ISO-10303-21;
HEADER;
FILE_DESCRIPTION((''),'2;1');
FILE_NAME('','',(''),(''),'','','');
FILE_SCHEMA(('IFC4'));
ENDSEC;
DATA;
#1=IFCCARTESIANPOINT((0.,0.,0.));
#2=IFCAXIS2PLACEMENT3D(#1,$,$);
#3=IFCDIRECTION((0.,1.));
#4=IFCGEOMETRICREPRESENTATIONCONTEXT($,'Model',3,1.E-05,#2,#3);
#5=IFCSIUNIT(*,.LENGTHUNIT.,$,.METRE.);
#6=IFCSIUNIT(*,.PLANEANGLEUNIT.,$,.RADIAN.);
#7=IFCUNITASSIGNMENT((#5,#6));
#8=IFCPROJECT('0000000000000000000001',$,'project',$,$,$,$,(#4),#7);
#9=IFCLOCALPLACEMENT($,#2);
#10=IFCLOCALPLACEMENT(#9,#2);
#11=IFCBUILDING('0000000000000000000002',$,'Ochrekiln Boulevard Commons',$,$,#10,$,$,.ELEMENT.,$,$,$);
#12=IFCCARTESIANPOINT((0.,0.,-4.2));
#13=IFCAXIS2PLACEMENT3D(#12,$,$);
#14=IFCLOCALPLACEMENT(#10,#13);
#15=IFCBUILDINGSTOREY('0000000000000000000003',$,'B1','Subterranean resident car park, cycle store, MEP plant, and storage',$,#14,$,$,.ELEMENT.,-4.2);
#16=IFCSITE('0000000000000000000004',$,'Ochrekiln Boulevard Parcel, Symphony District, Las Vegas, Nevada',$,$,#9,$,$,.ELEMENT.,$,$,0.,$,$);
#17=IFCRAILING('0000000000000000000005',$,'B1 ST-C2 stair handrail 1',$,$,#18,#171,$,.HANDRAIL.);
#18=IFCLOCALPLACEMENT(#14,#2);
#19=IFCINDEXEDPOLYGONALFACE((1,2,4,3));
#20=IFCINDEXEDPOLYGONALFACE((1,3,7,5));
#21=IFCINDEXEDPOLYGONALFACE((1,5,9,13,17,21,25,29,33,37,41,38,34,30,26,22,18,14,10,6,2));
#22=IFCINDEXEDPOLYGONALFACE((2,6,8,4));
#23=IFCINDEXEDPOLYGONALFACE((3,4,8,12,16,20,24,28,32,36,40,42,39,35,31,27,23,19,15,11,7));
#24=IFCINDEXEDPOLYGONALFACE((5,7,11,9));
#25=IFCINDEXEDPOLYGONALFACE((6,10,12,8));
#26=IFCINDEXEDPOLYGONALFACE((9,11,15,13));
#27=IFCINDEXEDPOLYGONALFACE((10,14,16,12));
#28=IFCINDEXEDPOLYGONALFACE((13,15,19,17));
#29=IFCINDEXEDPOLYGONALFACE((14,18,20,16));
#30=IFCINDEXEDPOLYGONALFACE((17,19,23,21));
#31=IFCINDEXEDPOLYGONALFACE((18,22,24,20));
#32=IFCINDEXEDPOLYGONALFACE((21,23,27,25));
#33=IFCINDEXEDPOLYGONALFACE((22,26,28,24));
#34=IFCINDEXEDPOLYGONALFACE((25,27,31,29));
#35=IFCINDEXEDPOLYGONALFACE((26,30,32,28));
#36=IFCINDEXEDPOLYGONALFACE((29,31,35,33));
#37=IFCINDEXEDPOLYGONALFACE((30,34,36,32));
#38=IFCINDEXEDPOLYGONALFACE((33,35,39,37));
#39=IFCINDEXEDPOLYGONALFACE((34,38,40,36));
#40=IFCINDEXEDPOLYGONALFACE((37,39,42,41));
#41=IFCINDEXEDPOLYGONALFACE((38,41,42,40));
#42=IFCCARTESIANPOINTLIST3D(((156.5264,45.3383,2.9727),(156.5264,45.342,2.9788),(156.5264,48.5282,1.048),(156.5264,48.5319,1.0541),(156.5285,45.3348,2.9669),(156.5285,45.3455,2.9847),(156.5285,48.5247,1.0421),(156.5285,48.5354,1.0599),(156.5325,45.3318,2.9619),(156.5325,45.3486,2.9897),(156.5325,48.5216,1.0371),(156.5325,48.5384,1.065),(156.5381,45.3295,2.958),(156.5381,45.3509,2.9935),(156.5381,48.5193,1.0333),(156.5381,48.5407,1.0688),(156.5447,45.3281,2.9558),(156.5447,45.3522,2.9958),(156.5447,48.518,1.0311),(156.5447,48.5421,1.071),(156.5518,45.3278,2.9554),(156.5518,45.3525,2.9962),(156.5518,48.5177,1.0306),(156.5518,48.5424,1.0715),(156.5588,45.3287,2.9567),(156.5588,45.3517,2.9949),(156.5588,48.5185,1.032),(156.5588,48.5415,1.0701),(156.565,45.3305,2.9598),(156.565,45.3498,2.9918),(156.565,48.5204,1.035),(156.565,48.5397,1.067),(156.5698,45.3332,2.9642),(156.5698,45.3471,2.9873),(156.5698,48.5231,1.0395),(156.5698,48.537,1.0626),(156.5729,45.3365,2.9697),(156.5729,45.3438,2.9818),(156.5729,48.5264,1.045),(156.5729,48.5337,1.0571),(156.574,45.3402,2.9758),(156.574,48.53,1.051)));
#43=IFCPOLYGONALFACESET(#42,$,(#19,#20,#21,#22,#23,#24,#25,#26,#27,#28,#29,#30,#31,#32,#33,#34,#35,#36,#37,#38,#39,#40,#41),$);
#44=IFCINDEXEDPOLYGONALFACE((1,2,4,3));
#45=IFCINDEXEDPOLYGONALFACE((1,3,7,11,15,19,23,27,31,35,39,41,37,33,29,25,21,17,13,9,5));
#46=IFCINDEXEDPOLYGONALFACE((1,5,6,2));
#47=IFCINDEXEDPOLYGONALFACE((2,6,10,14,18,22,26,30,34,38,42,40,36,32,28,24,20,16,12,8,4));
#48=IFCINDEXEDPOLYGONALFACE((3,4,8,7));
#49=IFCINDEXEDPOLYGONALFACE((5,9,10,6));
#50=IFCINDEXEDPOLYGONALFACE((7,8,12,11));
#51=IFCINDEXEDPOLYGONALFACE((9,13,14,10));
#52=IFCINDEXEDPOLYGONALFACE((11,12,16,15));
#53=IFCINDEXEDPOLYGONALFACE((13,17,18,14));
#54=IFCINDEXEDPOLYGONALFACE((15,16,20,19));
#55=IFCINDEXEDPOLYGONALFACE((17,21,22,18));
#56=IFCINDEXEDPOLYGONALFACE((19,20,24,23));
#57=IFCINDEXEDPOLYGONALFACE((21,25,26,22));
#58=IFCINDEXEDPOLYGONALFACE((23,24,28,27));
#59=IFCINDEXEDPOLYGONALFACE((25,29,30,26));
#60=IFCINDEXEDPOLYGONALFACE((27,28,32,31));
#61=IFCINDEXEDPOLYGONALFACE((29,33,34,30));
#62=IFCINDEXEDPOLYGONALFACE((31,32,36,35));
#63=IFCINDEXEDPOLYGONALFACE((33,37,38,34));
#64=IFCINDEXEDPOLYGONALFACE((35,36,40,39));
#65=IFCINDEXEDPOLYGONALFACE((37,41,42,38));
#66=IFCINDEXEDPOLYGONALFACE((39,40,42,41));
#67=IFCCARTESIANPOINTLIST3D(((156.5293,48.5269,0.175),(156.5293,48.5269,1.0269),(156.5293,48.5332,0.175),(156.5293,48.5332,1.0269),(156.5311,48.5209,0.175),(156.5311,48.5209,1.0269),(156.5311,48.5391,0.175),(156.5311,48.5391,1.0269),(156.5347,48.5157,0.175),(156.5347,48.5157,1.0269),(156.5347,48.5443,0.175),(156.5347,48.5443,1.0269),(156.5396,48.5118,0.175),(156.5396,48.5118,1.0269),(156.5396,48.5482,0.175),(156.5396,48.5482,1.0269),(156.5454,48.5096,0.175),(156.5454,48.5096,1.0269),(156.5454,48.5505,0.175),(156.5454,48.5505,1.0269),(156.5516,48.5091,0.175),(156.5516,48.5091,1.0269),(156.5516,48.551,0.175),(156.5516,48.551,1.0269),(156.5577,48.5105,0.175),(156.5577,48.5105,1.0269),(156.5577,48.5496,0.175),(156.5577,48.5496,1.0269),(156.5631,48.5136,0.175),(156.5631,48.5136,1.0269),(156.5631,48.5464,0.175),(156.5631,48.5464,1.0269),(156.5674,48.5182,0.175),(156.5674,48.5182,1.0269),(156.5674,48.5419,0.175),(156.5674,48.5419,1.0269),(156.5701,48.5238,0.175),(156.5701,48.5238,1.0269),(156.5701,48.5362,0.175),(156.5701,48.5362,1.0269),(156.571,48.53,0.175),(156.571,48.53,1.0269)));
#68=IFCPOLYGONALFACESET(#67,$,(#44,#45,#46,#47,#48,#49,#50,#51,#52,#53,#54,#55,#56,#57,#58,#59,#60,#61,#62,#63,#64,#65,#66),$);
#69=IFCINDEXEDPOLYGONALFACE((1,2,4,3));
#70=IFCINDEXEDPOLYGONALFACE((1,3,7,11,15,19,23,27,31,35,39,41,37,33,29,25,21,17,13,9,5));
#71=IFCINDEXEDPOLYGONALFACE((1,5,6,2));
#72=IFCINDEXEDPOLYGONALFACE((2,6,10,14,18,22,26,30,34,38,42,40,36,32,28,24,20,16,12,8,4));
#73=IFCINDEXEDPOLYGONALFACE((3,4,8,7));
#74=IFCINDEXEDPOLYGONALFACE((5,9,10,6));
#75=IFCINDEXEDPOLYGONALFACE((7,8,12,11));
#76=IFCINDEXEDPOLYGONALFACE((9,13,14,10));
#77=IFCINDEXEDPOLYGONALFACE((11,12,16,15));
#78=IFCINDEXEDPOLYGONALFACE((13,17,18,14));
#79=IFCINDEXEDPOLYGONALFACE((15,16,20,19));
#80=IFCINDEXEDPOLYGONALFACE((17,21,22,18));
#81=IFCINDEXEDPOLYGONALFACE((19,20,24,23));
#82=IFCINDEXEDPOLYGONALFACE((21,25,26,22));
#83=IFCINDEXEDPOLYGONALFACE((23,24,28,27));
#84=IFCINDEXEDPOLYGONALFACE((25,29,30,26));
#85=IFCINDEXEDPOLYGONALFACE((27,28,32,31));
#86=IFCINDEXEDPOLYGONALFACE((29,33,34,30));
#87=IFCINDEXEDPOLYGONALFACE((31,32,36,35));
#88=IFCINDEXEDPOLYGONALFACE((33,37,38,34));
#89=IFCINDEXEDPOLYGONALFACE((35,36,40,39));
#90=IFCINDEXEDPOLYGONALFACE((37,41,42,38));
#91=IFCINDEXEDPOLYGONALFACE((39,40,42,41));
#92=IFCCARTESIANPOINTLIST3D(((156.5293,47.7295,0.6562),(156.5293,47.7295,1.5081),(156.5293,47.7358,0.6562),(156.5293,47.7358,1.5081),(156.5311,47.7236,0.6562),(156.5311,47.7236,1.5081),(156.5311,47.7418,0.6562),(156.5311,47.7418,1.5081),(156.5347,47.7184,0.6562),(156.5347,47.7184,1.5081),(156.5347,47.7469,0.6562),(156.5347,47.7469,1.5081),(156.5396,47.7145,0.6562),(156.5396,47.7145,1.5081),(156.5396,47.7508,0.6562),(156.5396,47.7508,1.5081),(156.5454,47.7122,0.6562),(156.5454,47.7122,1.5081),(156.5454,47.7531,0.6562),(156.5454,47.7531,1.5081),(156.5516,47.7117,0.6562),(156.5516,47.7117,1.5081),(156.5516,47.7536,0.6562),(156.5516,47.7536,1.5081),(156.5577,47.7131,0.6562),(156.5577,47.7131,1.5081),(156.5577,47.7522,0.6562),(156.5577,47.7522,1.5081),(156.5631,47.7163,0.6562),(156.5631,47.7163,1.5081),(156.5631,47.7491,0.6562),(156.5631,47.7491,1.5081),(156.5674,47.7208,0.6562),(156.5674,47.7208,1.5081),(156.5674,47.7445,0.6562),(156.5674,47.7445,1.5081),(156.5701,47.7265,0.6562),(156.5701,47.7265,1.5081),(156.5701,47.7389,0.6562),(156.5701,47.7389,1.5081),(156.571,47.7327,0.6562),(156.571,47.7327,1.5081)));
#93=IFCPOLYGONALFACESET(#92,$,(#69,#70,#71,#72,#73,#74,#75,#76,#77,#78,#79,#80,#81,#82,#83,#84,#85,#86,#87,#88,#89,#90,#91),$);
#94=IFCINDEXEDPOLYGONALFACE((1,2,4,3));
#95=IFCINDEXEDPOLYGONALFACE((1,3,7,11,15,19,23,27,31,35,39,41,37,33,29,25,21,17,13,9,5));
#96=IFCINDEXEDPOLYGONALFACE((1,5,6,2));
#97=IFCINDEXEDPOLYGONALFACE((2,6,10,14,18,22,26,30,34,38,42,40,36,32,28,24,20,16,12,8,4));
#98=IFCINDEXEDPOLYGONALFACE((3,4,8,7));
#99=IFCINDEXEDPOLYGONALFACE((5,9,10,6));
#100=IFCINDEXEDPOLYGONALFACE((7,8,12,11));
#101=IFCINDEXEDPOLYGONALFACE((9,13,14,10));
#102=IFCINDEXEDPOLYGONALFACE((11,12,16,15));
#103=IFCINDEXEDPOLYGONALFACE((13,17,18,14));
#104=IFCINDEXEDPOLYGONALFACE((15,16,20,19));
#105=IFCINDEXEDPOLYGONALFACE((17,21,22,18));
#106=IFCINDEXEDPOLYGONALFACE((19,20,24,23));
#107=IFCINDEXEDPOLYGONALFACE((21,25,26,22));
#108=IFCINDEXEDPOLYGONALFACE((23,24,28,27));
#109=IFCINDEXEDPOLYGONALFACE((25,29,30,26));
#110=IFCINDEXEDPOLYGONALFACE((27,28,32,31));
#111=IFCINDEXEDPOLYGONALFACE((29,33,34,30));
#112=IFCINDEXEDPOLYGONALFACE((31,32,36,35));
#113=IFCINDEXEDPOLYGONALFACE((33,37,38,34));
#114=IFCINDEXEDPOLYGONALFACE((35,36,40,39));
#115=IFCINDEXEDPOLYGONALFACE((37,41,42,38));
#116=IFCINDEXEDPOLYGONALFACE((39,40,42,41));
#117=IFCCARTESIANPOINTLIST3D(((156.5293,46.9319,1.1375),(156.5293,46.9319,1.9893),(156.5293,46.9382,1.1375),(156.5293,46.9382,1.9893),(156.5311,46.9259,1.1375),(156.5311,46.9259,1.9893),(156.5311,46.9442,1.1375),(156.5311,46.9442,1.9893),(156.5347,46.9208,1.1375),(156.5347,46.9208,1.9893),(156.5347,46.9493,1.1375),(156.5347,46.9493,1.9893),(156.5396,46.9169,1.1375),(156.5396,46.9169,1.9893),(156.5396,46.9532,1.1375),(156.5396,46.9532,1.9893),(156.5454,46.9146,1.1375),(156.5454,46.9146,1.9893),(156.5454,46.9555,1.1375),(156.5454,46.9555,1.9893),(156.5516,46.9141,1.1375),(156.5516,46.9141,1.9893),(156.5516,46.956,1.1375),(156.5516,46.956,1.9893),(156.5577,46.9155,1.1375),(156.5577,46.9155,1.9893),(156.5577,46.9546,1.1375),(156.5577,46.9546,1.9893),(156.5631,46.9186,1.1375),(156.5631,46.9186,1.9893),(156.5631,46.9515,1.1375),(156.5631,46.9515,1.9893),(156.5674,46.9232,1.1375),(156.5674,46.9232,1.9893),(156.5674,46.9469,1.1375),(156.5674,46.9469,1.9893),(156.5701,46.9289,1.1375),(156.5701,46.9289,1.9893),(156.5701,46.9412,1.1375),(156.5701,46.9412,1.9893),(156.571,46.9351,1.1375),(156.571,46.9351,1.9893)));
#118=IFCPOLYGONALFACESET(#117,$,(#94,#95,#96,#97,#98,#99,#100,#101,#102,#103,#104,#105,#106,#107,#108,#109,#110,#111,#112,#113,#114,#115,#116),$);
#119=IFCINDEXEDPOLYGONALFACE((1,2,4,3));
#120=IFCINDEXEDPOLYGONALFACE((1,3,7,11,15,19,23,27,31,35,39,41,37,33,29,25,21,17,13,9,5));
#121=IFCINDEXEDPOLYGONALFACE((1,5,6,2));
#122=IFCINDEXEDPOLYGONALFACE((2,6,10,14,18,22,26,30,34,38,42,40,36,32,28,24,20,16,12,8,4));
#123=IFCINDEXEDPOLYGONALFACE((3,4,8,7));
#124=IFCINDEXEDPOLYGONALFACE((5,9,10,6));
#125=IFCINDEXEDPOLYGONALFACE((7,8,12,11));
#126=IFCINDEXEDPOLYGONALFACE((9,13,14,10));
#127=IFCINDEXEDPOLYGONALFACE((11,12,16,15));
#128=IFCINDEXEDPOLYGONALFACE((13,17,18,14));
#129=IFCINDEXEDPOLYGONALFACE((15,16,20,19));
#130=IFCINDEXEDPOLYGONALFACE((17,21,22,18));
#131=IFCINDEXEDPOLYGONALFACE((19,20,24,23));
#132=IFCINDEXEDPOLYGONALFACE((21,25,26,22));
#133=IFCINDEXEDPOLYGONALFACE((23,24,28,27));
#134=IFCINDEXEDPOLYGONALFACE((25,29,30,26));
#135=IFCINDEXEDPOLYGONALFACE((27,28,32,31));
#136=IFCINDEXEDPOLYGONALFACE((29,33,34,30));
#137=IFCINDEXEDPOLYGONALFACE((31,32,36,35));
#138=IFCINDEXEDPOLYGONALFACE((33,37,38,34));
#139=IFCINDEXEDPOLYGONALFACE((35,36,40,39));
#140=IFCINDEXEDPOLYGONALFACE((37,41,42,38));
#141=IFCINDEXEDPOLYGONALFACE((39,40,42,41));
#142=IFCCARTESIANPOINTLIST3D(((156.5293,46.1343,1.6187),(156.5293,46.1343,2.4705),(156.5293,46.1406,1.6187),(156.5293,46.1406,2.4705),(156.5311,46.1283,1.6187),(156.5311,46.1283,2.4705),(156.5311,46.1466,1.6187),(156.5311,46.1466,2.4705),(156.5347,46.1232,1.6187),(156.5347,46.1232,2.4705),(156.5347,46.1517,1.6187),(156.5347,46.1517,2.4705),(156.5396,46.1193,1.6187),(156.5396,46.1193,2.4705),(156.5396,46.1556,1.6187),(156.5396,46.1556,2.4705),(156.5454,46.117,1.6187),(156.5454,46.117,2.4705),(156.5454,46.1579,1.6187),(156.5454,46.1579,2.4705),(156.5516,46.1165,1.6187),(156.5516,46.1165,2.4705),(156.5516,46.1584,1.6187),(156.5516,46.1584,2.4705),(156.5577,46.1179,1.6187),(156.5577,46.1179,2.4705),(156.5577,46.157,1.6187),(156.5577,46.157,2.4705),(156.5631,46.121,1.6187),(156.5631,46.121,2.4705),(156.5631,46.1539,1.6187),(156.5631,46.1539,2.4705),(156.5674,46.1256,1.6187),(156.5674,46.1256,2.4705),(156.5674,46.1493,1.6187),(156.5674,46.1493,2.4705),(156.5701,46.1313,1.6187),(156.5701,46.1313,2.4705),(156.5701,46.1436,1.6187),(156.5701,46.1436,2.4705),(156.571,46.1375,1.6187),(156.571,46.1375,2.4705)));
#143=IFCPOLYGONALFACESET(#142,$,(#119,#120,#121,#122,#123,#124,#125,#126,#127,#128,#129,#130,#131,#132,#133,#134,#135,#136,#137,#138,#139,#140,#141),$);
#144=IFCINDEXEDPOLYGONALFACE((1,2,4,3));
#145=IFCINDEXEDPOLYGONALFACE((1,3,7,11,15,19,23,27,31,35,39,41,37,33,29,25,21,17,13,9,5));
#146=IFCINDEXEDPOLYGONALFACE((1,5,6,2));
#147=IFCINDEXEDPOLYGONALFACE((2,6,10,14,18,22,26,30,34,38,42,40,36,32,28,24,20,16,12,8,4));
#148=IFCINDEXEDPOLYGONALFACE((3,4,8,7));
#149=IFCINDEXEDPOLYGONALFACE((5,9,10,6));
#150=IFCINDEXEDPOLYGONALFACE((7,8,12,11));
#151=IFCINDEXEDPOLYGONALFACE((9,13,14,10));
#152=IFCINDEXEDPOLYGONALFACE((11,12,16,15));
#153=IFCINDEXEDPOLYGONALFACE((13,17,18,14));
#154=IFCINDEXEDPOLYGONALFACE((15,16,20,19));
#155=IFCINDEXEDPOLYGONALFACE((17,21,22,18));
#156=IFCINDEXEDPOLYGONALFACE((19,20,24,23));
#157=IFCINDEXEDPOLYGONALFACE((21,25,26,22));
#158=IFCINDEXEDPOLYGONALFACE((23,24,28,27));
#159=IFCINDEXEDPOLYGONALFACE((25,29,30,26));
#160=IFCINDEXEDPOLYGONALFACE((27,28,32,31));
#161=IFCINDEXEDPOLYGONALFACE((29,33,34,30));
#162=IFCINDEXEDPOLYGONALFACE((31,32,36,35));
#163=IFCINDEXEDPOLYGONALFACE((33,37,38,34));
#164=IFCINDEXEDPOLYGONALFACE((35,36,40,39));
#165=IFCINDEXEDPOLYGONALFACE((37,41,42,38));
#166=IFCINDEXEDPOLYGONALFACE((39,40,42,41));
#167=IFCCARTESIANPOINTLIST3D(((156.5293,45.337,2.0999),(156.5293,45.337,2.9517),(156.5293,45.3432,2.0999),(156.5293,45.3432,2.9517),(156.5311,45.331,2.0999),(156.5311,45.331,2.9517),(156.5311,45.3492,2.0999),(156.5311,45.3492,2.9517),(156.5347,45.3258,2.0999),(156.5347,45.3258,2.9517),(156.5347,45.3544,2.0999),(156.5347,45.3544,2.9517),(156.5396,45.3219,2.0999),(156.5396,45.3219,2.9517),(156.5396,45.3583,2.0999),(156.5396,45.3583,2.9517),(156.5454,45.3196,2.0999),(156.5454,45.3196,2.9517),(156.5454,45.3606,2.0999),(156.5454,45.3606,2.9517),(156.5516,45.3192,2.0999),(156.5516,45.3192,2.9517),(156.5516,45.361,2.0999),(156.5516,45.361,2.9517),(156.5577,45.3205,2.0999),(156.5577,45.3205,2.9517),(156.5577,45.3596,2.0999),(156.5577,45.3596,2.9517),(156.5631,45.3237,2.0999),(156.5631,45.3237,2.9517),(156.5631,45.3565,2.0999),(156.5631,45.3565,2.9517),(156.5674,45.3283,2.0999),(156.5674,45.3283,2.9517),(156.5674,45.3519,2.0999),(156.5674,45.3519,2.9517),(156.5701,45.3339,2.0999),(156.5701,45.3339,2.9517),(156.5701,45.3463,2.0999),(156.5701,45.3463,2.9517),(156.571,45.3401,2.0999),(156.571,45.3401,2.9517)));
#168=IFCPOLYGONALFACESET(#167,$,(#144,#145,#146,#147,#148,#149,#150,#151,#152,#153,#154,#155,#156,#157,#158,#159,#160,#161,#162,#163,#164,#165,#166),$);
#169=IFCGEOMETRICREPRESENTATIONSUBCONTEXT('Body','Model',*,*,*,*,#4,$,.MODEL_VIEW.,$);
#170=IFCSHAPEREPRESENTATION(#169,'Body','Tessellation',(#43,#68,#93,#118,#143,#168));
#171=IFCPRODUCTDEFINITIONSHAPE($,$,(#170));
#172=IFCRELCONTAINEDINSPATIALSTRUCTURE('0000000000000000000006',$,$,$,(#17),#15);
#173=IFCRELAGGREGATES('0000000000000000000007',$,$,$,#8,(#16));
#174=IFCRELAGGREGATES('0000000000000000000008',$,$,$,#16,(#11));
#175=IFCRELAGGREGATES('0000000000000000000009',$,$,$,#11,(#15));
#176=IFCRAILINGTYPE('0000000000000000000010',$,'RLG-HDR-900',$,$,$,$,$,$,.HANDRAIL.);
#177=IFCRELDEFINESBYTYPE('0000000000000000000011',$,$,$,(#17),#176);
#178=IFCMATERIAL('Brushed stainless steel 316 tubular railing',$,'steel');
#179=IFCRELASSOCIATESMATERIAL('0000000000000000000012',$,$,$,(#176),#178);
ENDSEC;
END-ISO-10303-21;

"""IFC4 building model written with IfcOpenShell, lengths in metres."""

from ifc_helpers import new_model, si_unit, direction, frame, origin, origin_2d, place, context, subcontext, project, spatial, circle, extrude, material, type_object, element, save


model = new_model("IFC4")

# Units and contexts
model_context = context("Model", 3, precision=1e-05, world=origin(), true_north=direction((0.0, 1.0)))
body_context = subcontext(model_context, "Body", "Model", "MODEL_VIEW")
ifc_project = project(units=[si_unit("LENGTHUNIT", "METRE"), si_unit("PLANEANGLEUNIT", "RADIAN")], contexts=[model_context])

# Site, building, storey
site_placement = place(None, origin())
site = spatial("IfcSite", under=ifc_project, at=site_placement, Name="Ochrekiln Boulevard Parcel, Symphony District, Las Vegas, Nevada", CompositionType="ELEMENT", RefElevation=0.0)
building_placement = place(site_placement, origin())
building = spatial("IfcBuilding", under=site, at=building_placement, Name="Ochrekiln Boulevard Commons", CompositionType="ELEMENT")
storey_placement = place(building_placement, frame((0.0, 0.0, -4.2)))
storey = spatial("IfcBuildingStorey", under=building, at=storey_placement, Name="B1", Description="Subterranean resident car park, cycle store, MEP plant, and storage", CompositionType="ELEMENT", Elevation=-4.2)

# Railing
ifc_material_1 = material(Name="Brushed stainless steel 316 tubular railing", Category="steel")
railing_type_1 = type_object("IfcRailingType", Name="RLG-HDR-900", PredefinedType="HANDRAIL", material=ifc_material_1)
railing_1_placement = place(storey_placement, frame((156.55, 48.53, 0.175)))
element("IfcRailing", 1, at=railing_1_placement, inside=storey, type_object=railing_type_1, Name="B1 ST-C2 stair handrail 1", PredefinedType="HANDRAIL", context=body_context, shape_type="SweptSolid", body=[
    extrude(circle(Radius=0.0239, at=origin_2d()), frame((0.0, 0.0, 0.876), z_axis=(0.0, -0.856207, 0.516633), x_axis=(1.0, 0.0, 0.0)), (0.0, 0.0, 1.0), 3.7256),
    extrude(circle(Radius=0.021, at=origin_2d()), origin(), (0.0, 0.0, 1.0), 0.8518),
    extrude(circle(Radius=0.021, at=origin_2d()), frame((0.0, -0.7974, 0.4812)), (0.0, 0.0, 1.0), 0.8518),
    extrude(circle(Radius=0.021, at=origin_2d()), frame((0.0, -1.595, 0.9624)), (0.0, 0.0, 1.0), 0.8518),
    extrude(circle(Radius=0.021, at=origin_2d()), frame((0.0, -2.3926, 1.4436)), (0.0, 0.0, 1.0), 0.8518),
    extrude(circle(Radius=0.021, at=origin_2d()), frame((0.0, -3.1899, 1.9248)), (0.0, 0.0, 1.0), 0.8518),
])

save(model, "model.ifc")
